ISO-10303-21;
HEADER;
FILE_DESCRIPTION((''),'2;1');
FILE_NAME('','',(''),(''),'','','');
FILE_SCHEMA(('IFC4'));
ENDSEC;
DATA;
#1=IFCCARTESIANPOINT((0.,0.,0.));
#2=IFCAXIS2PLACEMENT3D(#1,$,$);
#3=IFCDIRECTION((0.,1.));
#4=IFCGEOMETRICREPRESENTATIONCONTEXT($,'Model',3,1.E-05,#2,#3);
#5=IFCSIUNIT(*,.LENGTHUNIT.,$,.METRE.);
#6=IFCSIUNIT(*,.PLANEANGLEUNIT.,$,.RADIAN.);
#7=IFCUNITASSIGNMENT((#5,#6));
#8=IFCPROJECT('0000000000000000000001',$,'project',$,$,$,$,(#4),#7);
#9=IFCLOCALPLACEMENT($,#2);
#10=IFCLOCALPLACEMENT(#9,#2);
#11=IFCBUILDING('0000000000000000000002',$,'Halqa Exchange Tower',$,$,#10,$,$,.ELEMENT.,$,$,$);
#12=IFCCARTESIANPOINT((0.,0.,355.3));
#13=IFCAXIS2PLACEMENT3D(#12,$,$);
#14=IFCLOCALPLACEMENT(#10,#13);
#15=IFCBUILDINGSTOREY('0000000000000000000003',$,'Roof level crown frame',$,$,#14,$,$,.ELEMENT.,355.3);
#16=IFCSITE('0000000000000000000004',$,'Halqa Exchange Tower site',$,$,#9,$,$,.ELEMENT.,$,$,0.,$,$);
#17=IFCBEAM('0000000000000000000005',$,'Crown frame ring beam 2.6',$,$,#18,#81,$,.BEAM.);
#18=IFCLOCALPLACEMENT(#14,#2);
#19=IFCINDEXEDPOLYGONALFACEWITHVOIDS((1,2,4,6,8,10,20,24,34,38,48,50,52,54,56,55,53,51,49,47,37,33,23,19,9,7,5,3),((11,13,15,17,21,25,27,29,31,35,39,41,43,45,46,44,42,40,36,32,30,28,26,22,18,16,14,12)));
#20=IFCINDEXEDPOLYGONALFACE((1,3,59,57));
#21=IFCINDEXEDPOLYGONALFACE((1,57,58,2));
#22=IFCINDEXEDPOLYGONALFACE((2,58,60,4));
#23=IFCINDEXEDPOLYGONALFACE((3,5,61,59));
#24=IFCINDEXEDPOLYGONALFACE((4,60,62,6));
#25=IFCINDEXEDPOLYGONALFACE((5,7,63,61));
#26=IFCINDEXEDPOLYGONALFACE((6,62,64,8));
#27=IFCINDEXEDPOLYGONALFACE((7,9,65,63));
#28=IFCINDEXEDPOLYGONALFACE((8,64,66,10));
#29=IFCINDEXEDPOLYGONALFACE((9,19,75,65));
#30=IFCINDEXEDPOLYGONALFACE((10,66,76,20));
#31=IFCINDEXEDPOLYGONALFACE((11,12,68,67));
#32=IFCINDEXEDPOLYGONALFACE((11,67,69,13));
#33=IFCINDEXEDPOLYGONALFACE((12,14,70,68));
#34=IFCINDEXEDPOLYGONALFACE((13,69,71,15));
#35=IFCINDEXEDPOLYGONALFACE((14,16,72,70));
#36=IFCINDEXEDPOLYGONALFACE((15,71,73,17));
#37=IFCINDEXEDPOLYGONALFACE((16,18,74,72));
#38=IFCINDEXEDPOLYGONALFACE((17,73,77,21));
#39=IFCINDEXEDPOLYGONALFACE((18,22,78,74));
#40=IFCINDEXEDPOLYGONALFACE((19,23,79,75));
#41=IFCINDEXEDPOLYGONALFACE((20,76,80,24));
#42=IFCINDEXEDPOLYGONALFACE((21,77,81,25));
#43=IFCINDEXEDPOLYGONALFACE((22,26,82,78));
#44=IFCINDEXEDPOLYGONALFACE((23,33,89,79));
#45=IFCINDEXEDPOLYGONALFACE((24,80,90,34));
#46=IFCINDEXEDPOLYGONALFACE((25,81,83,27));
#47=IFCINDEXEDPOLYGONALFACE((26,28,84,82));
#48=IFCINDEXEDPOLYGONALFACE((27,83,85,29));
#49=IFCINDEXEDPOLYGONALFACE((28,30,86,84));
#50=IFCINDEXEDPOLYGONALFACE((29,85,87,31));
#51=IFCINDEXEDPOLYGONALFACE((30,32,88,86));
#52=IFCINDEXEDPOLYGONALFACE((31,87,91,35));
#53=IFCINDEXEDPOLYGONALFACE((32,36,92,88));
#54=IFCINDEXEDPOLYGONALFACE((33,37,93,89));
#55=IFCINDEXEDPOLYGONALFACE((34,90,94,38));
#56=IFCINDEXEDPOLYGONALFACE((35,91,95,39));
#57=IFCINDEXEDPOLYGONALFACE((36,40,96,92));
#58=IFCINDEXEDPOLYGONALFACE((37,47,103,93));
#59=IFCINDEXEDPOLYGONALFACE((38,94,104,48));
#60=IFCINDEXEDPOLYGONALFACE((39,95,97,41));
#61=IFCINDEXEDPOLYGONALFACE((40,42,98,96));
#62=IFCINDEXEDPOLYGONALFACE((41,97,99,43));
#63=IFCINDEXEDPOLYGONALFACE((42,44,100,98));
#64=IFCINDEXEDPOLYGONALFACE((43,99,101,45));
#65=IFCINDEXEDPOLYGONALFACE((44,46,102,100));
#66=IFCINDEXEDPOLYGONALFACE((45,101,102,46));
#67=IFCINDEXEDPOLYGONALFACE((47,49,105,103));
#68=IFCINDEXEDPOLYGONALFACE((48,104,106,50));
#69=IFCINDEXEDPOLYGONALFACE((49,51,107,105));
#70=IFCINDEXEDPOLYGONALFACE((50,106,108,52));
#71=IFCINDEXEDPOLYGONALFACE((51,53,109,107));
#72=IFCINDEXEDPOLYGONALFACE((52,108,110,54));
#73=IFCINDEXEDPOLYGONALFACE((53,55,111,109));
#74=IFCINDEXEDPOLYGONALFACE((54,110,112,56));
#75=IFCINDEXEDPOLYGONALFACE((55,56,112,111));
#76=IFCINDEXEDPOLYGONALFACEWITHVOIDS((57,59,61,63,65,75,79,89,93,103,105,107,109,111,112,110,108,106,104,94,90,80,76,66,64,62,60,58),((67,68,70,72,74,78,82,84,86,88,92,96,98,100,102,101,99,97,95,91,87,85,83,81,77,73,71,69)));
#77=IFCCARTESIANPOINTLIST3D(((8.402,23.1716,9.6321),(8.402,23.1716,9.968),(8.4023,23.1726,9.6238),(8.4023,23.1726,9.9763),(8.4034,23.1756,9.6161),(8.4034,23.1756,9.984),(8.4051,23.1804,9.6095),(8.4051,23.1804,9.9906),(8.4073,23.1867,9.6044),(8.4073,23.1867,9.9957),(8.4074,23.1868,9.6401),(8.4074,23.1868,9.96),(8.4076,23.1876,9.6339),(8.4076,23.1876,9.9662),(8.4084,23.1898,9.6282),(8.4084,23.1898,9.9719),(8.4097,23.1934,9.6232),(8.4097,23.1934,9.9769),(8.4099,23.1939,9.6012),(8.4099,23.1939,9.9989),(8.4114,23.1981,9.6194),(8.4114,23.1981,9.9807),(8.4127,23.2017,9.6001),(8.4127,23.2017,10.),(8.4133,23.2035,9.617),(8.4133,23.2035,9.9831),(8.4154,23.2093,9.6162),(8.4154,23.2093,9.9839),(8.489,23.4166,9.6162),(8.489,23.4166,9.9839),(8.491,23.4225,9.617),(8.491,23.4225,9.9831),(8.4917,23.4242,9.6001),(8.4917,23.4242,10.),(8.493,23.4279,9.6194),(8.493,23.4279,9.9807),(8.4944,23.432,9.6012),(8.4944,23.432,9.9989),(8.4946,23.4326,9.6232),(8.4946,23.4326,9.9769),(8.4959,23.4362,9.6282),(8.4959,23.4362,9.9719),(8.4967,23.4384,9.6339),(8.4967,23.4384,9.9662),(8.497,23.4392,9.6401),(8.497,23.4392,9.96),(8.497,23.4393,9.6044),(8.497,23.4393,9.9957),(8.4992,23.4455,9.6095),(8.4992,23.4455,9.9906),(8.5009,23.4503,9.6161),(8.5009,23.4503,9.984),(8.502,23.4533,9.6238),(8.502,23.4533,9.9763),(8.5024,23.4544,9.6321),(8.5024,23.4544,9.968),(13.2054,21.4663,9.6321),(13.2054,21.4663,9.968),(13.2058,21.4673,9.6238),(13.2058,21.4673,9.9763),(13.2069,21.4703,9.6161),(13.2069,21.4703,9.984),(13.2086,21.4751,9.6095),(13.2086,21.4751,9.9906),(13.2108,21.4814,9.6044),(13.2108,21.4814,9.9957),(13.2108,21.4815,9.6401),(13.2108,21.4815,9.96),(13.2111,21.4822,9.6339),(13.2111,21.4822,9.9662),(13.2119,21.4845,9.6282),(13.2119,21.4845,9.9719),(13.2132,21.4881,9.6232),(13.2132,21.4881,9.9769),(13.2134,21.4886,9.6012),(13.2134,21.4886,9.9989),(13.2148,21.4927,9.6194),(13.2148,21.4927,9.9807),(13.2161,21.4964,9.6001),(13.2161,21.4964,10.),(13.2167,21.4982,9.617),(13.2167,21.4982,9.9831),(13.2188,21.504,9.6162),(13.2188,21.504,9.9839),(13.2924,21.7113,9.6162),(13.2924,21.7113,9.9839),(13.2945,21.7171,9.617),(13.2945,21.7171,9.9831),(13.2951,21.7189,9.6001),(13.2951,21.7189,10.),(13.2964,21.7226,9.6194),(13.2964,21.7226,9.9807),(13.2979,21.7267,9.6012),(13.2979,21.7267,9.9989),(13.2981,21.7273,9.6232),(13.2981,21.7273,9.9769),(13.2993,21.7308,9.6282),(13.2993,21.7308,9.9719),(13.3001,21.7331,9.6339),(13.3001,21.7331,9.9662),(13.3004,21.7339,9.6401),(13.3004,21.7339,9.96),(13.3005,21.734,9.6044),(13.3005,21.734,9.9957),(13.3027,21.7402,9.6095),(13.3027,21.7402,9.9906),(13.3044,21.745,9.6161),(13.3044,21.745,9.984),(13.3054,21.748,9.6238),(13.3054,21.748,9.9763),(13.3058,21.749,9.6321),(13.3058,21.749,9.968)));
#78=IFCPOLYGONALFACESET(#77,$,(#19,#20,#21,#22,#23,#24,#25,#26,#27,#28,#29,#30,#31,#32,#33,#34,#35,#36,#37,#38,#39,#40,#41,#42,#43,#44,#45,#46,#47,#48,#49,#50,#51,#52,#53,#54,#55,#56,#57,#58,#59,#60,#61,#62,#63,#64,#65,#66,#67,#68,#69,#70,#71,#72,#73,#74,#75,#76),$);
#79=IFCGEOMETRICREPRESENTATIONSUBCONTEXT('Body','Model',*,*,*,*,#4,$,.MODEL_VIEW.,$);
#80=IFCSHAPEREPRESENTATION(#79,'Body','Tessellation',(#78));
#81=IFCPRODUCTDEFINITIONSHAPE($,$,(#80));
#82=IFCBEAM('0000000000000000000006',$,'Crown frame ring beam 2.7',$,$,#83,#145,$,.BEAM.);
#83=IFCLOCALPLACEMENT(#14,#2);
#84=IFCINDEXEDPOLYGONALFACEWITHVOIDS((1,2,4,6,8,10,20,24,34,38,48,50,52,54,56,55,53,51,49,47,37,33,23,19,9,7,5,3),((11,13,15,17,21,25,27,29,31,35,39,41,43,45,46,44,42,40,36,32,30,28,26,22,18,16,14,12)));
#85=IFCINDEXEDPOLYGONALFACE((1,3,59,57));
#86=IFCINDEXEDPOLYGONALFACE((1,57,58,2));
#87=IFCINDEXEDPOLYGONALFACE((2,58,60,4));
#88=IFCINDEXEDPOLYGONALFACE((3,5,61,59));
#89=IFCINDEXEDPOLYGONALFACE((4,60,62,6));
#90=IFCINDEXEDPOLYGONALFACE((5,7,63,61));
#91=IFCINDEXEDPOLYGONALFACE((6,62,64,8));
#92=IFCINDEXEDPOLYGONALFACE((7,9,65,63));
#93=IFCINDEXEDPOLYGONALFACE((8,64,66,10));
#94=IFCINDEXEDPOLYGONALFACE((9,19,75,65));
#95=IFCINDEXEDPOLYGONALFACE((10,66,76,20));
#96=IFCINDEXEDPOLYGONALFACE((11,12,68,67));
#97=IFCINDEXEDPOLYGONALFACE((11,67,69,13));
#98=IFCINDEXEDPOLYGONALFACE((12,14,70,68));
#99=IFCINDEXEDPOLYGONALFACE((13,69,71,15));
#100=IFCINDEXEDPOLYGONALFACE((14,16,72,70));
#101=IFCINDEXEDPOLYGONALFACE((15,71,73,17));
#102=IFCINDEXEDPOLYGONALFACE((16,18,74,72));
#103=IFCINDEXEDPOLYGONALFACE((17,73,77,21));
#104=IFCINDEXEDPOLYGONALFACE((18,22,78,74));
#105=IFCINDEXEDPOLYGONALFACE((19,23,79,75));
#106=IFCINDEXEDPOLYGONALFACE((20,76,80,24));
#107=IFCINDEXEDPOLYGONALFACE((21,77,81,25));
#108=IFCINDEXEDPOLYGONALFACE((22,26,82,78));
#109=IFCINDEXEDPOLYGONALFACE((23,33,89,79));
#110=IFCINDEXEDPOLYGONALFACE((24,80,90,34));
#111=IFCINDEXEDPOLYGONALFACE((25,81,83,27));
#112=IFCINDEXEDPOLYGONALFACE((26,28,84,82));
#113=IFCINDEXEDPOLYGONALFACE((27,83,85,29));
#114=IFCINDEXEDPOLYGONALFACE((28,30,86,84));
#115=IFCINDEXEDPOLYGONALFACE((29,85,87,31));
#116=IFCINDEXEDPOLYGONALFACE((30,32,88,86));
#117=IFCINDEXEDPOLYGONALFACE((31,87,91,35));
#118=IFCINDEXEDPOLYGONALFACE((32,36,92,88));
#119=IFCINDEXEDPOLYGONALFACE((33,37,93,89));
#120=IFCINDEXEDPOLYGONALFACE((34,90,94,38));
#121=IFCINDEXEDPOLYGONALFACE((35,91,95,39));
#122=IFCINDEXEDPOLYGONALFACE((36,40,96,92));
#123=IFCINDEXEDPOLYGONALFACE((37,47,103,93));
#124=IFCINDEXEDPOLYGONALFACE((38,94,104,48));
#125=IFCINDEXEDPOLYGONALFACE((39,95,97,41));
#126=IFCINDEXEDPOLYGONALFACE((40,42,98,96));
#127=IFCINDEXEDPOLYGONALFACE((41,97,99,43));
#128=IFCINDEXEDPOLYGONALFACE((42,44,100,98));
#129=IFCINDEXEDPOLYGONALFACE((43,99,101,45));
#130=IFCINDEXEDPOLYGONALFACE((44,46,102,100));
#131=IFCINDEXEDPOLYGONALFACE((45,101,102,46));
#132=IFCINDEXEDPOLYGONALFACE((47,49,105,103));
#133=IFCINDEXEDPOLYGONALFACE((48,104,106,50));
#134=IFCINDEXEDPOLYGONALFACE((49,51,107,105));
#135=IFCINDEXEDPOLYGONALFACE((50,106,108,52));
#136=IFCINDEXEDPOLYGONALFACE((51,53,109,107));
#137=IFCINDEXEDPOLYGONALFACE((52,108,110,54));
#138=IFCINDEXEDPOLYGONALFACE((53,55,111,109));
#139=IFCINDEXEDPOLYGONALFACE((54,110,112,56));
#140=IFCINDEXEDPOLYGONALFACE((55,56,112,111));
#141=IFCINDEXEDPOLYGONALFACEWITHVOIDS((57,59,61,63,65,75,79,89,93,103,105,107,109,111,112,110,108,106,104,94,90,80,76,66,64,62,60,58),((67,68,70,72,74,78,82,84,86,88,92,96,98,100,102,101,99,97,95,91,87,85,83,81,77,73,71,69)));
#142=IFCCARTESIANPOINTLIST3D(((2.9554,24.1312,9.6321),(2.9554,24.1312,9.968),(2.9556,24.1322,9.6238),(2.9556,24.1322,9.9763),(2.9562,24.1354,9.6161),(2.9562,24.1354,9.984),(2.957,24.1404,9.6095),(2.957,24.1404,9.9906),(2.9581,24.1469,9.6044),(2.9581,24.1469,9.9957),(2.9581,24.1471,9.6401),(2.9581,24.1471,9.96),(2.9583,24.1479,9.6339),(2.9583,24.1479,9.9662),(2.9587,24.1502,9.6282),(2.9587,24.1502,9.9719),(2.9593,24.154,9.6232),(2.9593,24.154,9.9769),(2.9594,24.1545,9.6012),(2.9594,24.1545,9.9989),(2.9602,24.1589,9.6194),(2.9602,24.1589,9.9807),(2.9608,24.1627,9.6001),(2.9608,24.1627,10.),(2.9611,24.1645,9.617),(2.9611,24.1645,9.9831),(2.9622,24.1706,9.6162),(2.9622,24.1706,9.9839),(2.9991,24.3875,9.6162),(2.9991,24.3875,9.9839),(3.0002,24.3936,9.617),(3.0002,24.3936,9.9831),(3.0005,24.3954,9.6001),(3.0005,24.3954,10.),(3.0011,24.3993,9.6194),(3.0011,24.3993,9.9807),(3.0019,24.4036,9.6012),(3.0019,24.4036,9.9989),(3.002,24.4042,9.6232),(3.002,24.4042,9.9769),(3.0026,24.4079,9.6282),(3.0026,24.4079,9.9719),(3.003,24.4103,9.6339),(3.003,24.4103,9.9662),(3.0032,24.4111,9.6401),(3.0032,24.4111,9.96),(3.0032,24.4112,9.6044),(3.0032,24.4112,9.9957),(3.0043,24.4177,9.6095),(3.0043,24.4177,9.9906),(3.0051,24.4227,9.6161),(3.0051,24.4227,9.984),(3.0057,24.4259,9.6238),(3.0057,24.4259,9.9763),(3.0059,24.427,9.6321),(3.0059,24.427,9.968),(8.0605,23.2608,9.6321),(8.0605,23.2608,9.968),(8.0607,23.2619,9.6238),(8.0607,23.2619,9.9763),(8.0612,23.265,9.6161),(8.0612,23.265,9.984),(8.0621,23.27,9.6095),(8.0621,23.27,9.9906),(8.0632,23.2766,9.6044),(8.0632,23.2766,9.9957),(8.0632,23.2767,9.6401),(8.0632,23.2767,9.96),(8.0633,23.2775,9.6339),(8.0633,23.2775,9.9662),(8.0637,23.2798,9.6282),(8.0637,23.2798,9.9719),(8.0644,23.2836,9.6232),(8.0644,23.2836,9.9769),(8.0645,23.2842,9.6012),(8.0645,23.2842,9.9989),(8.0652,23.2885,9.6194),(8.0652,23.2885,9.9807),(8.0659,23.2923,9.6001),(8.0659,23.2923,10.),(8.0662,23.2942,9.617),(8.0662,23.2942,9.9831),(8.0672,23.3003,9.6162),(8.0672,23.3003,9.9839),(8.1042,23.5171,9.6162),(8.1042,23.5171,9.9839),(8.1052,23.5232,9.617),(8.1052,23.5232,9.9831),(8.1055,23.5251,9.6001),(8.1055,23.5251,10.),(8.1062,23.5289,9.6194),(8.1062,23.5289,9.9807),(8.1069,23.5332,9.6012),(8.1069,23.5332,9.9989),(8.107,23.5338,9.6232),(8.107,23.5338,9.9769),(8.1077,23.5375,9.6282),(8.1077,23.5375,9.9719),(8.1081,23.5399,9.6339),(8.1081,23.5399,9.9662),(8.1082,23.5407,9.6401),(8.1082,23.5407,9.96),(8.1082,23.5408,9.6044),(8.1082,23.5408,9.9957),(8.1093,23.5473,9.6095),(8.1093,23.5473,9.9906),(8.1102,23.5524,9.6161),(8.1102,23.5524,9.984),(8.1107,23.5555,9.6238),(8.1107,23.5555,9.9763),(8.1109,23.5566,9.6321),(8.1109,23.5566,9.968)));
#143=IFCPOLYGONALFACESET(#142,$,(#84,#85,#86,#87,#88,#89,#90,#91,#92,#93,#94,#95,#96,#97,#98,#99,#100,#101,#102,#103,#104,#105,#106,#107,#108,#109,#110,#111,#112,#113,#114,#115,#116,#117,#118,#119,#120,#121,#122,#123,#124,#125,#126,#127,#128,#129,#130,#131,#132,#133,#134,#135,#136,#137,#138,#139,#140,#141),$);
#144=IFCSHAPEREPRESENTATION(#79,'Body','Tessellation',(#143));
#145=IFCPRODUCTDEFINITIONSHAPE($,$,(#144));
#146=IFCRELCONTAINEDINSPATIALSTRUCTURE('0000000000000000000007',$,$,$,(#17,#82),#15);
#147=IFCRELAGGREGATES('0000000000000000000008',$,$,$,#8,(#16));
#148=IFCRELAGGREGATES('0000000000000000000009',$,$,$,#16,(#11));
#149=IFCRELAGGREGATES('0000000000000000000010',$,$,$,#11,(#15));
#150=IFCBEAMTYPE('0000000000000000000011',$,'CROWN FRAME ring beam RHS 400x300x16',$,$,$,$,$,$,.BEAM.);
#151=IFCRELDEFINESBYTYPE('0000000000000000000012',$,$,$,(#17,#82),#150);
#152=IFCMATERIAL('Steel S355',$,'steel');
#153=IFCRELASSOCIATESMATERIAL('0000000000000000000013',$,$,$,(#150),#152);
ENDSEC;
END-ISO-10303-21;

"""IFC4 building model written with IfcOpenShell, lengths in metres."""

from ifc_helpers import new_model, si_unit, direction, frame, origin, origin_2d, place, context, subcontext, project, spatial, hollow_rectangle, extrude, material, material_profile, profile_set, type_object, element, save


model = new_model("IFC4")

# Units and contexts
model_context = context("Model", 3, precision=1e-05, world=origin(), true_north=direction((0.0, 1.0)))
body_context = subcontext(model_context, "Body", "Model", "MODEL_VIEW")
ifc_project = project(units=[si_unit("LENGTHUNIT", "METRE"), si_unit("PLANEANGLEUNIT", "RADIAN")], contexts=[model_context])

# Site, building, storey
site_placement = place(None, origin())
site = spatial("IfcSite", under=ifc_project, at=site_placement, Name="Halqa Exchange Tower site", CompositionType="ELEMENT", RefElevation=0.0)
building_placement = place(site_placement, origin())
building = spatial("IfcBuilding", under=site, at=building_placement, Name="Halqa Exchange Tower", CompositionType="ELEMENT")
storey_placement = place(building_placement, frame((0.0, 0.0, 355.3)))
storey = spatial("IfcBuildingStorey", under=building, at=storey_placement, Name="Roof level crown frame", CompositionType="ELEMENT", Elevation=355.3)

# Shared definitions
ifc_material_1 = material(Name="Steel S355", Category="steel")

# Beams
ifc_material_profile_1 = material_profile(ifc_material_1, hollow_rectangle(XDim=0.3, YDim=0.3999, WallThickness=0.0161, InnerFilletRadius=0.0239, OuterFilletRadius=0.032, at=origin_2d()), Name="RHS 400x300x16")
ifc_profile_set_1 = profile_set([ifc_material_profile_1], Name="Steel S355")
beam_type = type_object("IfcBeamType", Name="CROWN FRAME ring beam RHS 400x300x16", PredefinedType="BEAM", material=ifc_profile_set_1)
beam_1_placement = place(storey_placement, frame((13.2556, 21.6077, 9.8), z_axis=(-0.942374, 0.334561, 0.0), x_axis=(-0.334561, -0.942374, 0.0)))
element("IfcBeam", 1, at=beam_1_placement, inside=storey, type_object=beam_type, Name="Crown frame ring beam 2.6", PredefinedType="BEAM", context=body_context, shape_type="SweptSolid", body=[
    extrude(hollow_rectangle(XDim=0.3, YDim=0.3999, WallThickness=0.0161, InnerFilletRadius=0.0239, OuterFilletRadius=0.032, at=origin_2d()), origin(), (0.0, 0.0, 1.0), 5.0972),
])
beam_2_placement = place(storey_placement, frame((8.0857, 23.4087, 9.8), z_axis=(-0.985776, 0.168067, 0.0), x_axis=(-0.168067, -0.985776, 0.0)))
element("IfcBeam", 2, at=beam_2_placement, inside=storey, type_object=beam_type, Name="Crown frame ring beam 2.7", PredefinedType="BEAM", context=body_context, shape_type="SweptSolid", body=[
    extrude(hollow_rectangle(XDim=0.3, YDim=0.3999, WallThickness=0.0161, InnerFilletRadius=0.0239, OuterFilletRadius=0.032, at=origin_2d()), origin(), (0.0, 0.0, 1.0), 5.1787),
])

save(model, "model.ifc")
